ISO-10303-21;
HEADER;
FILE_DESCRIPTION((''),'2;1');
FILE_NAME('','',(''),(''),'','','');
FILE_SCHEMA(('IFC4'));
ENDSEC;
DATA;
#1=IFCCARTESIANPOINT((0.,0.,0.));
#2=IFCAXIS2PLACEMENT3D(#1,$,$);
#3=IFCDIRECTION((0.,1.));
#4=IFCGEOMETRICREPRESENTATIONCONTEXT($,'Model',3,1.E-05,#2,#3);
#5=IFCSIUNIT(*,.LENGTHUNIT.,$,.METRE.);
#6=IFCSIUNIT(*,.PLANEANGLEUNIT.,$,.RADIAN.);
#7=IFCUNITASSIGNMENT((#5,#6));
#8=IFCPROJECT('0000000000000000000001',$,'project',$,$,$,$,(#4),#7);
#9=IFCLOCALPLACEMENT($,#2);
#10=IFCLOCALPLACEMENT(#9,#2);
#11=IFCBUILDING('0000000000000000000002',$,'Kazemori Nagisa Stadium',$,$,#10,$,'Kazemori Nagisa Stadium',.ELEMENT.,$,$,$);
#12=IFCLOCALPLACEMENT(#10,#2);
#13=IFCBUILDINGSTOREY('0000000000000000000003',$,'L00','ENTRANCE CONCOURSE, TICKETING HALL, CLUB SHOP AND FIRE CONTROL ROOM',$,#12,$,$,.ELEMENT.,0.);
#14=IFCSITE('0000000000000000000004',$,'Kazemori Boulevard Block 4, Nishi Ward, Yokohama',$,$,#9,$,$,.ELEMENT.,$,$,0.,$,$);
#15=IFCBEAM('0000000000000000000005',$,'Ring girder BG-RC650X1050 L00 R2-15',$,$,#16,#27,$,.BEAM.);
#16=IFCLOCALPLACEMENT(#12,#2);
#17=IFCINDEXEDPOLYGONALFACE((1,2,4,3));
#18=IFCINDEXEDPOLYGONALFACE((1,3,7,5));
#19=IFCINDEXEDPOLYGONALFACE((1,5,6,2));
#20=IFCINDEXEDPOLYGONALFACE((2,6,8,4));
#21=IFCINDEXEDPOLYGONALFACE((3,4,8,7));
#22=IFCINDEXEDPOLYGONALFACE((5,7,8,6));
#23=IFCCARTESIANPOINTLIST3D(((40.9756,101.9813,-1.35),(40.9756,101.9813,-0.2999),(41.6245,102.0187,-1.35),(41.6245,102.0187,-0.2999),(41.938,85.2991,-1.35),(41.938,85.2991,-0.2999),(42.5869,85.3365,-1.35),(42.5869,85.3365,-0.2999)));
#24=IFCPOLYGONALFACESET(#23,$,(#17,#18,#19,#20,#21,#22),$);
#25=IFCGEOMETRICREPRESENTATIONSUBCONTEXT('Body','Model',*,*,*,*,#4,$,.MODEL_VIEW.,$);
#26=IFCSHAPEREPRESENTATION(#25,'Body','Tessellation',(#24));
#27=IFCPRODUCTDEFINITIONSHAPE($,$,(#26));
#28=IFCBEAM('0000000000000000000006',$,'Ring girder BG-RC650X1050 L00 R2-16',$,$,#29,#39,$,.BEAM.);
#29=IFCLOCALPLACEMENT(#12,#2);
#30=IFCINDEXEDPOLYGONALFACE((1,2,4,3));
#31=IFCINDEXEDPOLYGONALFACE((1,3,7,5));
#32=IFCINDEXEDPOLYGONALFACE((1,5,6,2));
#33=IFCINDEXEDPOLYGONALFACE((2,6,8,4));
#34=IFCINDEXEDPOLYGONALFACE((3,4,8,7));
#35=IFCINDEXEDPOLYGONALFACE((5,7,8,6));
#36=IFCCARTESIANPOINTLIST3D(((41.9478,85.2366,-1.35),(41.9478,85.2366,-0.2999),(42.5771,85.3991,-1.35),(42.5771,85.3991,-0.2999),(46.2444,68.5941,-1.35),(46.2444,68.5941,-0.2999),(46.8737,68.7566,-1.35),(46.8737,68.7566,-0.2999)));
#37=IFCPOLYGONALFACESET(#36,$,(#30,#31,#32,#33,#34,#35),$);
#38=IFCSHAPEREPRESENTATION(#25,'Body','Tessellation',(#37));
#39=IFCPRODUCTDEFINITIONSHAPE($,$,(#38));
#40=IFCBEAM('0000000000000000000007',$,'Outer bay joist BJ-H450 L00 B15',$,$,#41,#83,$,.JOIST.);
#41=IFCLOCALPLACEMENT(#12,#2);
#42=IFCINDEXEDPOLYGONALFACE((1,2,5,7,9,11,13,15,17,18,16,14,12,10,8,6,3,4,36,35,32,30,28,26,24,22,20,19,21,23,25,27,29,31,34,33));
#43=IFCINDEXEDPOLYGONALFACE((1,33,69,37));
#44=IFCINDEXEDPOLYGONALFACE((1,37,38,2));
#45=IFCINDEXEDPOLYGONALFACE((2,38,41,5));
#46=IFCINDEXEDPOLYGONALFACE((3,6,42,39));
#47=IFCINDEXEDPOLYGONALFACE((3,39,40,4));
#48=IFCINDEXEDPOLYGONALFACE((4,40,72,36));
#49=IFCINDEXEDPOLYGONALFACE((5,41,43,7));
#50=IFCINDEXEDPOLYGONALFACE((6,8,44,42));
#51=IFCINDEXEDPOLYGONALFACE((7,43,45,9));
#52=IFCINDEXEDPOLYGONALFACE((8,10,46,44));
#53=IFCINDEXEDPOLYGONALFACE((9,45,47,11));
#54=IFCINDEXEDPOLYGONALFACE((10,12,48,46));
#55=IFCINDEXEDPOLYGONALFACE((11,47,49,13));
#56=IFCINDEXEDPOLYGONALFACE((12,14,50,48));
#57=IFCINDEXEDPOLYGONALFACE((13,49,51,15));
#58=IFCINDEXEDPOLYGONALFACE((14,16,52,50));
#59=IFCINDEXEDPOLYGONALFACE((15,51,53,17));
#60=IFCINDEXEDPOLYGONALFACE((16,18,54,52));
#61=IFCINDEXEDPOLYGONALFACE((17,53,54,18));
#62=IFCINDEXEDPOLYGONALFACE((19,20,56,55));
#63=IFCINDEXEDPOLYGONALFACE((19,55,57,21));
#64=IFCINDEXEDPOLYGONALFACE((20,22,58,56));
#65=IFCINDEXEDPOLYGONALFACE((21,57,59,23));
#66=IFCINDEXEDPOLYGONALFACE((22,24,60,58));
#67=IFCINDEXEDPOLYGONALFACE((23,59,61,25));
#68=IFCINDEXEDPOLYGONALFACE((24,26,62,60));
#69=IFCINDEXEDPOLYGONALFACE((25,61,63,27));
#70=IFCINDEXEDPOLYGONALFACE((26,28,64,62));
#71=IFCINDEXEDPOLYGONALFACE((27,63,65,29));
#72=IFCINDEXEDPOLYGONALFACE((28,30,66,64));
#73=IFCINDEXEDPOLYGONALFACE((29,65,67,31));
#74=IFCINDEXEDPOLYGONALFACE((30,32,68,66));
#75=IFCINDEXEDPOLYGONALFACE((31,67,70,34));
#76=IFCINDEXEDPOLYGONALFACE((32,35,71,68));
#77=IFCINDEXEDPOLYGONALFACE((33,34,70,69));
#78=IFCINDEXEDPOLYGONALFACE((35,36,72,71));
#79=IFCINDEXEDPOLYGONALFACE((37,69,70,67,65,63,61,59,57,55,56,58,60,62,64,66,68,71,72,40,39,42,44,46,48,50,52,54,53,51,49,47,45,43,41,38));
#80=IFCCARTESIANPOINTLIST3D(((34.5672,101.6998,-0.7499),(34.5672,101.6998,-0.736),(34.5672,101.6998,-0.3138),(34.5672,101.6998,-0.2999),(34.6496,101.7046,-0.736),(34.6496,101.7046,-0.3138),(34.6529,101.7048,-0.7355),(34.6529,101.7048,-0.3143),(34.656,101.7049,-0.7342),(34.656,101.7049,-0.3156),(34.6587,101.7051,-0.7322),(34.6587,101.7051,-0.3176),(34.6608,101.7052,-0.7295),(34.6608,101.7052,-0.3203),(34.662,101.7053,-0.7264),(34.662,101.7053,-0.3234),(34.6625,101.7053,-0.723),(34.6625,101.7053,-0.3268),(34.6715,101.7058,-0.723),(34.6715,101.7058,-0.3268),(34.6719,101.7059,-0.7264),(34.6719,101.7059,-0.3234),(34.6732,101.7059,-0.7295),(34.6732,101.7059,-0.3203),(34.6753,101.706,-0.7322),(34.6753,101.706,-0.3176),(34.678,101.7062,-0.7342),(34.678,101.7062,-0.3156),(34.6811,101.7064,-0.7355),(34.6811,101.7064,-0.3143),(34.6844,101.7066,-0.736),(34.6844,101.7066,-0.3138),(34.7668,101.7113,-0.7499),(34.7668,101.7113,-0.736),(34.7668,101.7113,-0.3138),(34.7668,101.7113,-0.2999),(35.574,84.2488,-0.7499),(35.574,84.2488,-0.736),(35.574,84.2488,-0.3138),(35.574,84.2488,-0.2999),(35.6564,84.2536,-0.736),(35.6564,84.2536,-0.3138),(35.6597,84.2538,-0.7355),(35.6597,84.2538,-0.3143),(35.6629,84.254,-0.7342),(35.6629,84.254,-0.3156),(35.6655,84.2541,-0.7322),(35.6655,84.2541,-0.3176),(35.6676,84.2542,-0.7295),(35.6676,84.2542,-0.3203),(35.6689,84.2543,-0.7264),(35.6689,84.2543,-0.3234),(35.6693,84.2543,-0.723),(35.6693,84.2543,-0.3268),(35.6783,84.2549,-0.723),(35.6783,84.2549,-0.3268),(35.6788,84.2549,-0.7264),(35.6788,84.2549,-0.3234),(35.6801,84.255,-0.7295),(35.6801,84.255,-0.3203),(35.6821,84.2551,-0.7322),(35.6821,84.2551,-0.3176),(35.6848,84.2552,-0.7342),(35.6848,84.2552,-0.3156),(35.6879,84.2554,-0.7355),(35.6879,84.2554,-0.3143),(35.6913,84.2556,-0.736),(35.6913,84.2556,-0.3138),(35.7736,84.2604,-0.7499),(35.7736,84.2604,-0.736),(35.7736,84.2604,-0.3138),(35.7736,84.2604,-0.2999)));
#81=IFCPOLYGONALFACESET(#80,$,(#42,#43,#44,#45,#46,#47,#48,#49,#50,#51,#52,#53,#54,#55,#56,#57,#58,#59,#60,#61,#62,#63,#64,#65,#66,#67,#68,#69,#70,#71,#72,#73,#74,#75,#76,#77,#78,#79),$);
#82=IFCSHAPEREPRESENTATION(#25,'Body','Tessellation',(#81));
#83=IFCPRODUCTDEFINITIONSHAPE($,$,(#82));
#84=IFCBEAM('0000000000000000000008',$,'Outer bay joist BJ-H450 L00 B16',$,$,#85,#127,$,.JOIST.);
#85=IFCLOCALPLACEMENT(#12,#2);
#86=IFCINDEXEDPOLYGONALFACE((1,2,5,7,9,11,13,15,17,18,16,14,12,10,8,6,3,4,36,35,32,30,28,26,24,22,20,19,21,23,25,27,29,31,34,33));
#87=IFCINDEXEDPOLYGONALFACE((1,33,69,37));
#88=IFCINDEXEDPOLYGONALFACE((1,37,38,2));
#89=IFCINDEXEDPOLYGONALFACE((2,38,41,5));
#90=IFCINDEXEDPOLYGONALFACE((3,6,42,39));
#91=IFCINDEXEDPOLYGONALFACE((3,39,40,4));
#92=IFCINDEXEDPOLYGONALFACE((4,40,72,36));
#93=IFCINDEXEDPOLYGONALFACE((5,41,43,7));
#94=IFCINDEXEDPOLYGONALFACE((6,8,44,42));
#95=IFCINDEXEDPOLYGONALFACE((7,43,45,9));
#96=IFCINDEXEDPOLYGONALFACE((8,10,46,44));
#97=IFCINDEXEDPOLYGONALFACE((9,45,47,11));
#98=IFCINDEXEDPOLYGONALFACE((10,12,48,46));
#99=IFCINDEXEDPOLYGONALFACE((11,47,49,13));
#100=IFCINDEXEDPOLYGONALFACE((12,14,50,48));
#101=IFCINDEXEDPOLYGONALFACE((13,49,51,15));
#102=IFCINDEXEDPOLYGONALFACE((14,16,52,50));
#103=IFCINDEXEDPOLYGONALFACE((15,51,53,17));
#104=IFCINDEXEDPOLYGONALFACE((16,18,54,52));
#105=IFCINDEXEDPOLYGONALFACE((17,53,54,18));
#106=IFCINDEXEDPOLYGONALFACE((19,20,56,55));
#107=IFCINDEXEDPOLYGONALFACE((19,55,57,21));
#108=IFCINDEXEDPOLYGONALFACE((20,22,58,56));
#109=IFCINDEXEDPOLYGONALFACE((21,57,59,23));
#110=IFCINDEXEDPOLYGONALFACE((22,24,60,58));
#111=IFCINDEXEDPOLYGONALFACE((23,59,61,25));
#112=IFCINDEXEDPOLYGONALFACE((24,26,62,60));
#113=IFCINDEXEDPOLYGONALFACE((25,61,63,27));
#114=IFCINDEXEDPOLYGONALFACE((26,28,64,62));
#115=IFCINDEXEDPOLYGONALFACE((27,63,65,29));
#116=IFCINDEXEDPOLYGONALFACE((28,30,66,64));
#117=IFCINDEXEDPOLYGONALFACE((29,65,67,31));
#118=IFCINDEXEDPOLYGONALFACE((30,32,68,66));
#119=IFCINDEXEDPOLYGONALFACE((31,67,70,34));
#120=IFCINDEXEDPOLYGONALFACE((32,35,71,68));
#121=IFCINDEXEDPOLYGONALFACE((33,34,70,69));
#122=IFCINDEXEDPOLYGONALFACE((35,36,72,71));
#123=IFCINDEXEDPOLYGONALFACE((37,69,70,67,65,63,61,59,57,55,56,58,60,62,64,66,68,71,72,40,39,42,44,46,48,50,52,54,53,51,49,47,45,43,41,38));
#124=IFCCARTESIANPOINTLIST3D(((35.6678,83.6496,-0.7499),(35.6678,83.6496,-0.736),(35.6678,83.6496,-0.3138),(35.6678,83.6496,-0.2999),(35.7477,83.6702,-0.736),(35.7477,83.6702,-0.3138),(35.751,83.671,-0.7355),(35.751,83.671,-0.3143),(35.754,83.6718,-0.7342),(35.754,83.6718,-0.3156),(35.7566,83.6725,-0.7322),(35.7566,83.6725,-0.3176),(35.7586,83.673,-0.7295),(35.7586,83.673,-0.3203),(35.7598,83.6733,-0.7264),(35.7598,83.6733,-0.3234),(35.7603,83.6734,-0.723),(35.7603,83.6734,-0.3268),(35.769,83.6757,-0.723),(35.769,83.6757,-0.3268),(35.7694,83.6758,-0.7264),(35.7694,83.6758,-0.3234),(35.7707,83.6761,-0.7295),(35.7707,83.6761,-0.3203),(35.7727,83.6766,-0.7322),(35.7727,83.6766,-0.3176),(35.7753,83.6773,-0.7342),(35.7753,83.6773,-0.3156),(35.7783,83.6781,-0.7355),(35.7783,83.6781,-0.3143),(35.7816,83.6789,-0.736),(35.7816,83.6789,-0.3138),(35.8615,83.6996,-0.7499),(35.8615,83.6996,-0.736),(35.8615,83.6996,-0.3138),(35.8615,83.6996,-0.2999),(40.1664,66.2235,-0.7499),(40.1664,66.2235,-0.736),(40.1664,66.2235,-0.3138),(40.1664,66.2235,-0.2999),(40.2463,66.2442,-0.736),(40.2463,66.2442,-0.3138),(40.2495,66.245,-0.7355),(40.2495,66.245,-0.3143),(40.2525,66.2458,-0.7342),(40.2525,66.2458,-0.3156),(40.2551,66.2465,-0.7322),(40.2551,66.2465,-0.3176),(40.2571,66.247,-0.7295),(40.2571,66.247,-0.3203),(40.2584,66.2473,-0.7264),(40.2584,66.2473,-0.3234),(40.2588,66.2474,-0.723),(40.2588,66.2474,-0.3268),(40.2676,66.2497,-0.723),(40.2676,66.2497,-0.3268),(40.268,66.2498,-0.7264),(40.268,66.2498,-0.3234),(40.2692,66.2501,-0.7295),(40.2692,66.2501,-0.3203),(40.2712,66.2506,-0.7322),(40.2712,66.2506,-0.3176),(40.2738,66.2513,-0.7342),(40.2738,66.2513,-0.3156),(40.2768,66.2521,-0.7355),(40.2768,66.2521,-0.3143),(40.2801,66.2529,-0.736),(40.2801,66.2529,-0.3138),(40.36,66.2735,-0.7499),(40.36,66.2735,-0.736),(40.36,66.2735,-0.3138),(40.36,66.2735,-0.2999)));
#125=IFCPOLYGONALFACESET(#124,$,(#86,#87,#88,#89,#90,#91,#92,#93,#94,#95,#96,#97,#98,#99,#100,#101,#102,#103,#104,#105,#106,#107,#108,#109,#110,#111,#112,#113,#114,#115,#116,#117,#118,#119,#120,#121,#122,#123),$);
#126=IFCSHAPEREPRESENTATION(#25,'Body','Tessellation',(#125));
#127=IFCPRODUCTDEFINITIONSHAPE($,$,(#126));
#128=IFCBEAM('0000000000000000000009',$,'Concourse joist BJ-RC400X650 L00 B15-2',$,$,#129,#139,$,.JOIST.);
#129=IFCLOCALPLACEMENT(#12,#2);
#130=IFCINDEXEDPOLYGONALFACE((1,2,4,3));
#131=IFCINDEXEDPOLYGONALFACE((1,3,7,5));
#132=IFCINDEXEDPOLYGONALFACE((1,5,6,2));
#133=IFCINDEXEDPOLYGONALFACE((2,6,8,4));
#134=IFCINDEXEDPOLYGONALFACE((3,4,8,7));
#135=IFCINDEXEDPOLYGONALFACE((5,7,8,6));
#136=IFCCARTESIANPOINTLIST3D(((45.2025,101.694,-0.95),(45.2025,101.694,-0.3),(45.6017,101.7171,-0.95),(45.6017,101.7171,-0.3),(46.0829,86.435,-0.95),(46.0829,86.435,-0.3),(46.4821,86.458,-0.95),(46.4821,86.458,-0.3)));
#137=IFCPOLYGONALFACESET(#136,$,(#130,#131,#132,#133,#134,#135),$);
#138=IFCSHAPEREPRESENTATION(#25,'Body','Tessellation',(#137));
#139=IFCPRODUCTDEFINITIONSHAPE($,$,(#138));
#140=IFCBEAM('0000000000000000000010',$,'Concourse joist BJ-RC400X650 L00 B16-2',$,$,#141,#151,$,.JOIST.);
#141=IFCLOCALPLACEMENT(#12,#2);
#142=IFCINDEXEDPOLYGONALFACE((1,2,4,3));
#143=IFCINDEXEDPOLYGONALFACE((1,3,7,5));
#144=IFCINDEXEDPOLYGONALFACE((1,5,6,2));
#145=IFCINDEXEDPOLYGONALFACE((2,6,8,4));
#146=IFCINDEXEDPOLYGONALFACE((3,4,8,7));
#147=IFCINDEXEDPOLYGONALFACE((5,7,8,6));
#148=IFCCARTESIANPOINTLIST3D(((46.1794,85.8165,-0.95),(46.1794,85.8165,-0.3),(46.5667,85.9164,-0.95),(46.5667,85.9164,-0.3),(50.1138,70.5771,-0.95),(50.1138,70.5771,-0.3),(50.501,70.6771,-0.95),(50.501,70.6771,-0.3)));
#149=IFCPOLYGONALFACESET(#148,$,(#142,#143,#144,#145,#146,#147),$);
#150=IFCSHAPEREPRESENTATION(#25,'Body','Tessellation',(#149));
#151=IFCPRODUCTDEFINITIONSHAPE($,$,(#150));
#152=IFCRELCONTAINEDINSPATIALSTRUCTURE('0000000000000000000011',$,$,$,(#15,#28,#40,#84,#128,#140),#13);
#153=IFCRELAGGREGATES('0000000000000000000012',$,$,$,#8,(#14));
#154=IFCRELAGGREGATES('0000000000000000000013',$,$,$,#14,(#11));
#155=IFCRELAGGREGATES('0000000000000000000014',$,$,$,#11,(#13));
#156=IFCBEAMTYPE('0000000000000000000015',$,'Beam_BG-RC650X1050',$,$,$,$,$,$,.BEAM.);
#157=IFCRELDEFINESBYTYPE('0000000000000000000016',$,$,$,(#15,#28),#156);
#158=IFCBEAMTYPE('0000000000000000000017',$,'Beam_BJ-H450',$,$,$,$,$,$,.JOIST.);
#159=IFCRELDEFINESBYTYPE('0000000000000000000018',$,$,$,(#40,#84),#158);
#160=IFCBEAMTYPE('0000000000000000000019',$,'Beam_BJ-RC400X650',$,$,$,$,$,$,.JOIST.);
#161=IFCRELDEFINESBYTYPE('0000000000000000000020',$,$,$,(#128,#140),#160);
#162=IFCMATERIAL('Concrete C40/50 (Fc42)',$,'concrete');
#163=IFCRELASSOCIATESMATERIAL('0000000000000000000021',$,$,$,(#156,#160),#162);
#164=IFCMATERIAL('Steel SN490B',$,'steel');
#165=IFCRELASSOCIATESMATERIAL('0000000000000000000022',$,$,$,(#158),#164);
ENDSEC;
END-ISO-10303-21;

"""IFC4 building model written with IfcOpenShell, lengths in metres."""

from ifc_helpers import new_model, si_unit, direction, frame, origin, origin_2d, place, context, subcontext, project, spatial, rectangle, i_section, extrude, material, material_profile, profile_set, type_object, element, save


model = new_model("IFC4")

# Units and contexts
model_context = context("Model", 3, precision=1e-05, world=origin(), true_north=direction((0.0, 1.0)))
body_context = subcontext(model_context, "Body", "Model", "MODEL_VIEW")
ifc_project = project(units=[si_unit("LENGTHUNIT", "METRE"), si_unit("PLANEANGLEUNIT", "RADIAN")], contexts=[model_context])

# Site, building, storey
site_placement = place(None, origin())
site = spatial("IfcSite", under=ifc_project, at=site_placement, Name="Kazemori Boulevard Block 4, Nishi Ward, Yokohama", CompositionType="ELEMENT", RefElevation=0.0)
building_placement = place(site_placement, origin())
building = spatial("IfcBuilding", under=site, at=building_placement, Name="Kazemori Nagisa Stadium", LongName="Kazemori Nagisa Stadium", CompositionType="ELEMENT")
storey_placement = place(building_placement, origin())
storey = spatial("IfcBuildingStorey", under=building, at=storey_placement, Name="L00", Description="ENTRANCE CONCOURSE, TICKETING HALL, CLUB SHOP AND FIRE CONTROL ROOM", CompositionType="ELEMENT", Elevation=0.0)

# Shared definitions
ifc_material_1 = material(Name="Concrete C40/50 (Fc42)", Category="concrete")

# Beams
ifc_material_2 = material(Name="Steel SN490B", Category="steel")
ifc_material_profile_1 = material_profile(ifc_material_1, rectangle(XDim=0.6499, YDim=1.05, at=origin_2d()), Name="RC-BM-650x1050")
ifc_profile_set_1 = profile_set([ifc_material_profile_1], Name="Concrete C40/50 (Fc42)")
beam_type_1 = type_object("IfcBeamType", Name="Beam_BG-RC650X1050", PredefinedType="BEAM", material=ifc_profile_set_1)
beam_1_placement = place(storey_placement, frame((41.3, 102.0, -0.825), z_axis=(0.057595, -0.99834, 0.0), x_axis=(0.99834, 0.057595, 0.0)))
element("IfcBeam", 1, at=beam_1_placement, inside=storey, type_object=beam_type_1, Name="Ring girder BG-RC650X1050 L00 R2-15", PredefinedType="BEAM", context=body_context, shape_type="SweptSolid", body=[
    extrude(rectangle(XDim=0.6499, YDim=1.05, at=origin_2d()), origin(), (0.0, 0.0, 1.0), 16.71),
])
beam_2_placement = place(storey_placement, frame((42.2625, 85.3179, -0.825), z_axis=(0.249975, -0.968252, 0.0), x_axis=(0.968252, 0.249975, 0.0)))
element("IfcBeam", 2, at=beam_2_placement, inside=storey, type_object=beam_type_1, Name="Ring girder BG-RC650X1050 L00 R2-16", PredefinedType="BEAM", context=body_context, shape_type="SweptSolid", body=[
    extrude(rectangle(XDim=0.6499, YDim=1.05, at=origin_2d()), origin(), (0.0, 0.0, 1.0), 17.1882),
])
ifc_material_profile_2 = material_profile(ifc_material_2, i_section(OverallWidth=0.2, OverallDepth=0.45, WebThickness=0.009, FlangeThickness=0.0139, FilletRadius=0.0129, at=origin_2d()), Name="H-450x200x9x14")
ifc_profile_set_2 = profile_set([ifc_material_profile_2], Name="Steel SN490B")
beam_type_2 = type_object("IfcBeamType", Name="Beam_BJ-H450", PredefinedType="JOIST", material=ifc_profile_set_2)
beam_3_placement = place(storey_placement, frame((34.667, 101.7056, -0.5249), z_axis=(0.057599, -0.99834, 0.0), x_axis=(0.99834, 0.057599, 0.0)))
element("IfcBeam", 3, at=beam_3_placement, inside=storey, type_object=beam_type_2, Name="Outer bay joist BJ-H450 L00 B15", PredefinedType="JOIST", context=body_context, shape_type="SweptSolid", body=[
    extrude(i_section(OverallWidth=0.2, OverallDepth=0.45, WebThickness=0.009, FlangeThickness=0.0139, FilletRadius=0.0129, at=origin_2d()), origin(), (0.0, 0.0, 1.0), 17.48),
])
beam_4_placement = place(storey_placement, frame((35.7646, 83.6746, -0.5249), z_axis=(0.249956, -0.968257, 0.0), x_axis=(0.968257, 0.249956, 0.0)))
element("IfcBeam", 4, at=beam_4_placement, inside=storey, type_object=beam_type_2, Name="Outer bay joist BJ-H450 L00 B16", PredefinedType="JOIST", context=body_context, shape_type="SweptSolid", body=[
    extrude(i_section(OverallWidth=0.2, OverallDepth=0.45, WebThickness=0.009, FlangeThickness=0.0139, FilletRadius=0.0129, at=origin_2d()), origin(), (0.0, 0.0, 1.0), 17.9973),
])
ifc_material_profile_3 = material_profile(ifc_material_1, rectangle(XDim=0.3999, YDim=0.6499, at=origin_2d()), Name="RC-BM-400x650")
ifc_profile_set_3 = profile_set([ifc_material_profile_3], Name="Concrete C40/50 (Fc42)")
beam_type_3 = type_object("IfcBeamType", Name="Beam_BJ-RC400X650", PredefinedType="JOIST", material=ifc_profile_set_3)
beam_5_placement = place(storey_placement, frame((45.4021, 101.7056, -0.625), z_axis=(0.057599, -0.99834, 0.0), x_axis=(0.99834, 0.057599, 0.0)))
element("IfcBeam", 5, at=beam_5_placement, inside=storey, type_object=beam_type_3, Name="Concourse joist BJ-RC400X650 L00 B15-2", PredefinedType="JOIST", context=body_context, shape_type="SweptSolid", body=[
    extrude(rectangle(XDim=0.3999, YDim=0.6499, at=origin_2d()), origin(), (0.0, 0.0, 1.0), 15.2844),
])
beam_6_placement = place(storey_placement, frame((46.373, 85.8665, -0.625), z_axis=(0.249974, -0.968252, 0.0), x_axis=(0.968252, 0.249974, 0.0)))
element("IfcBeam", 6, at=beam_6_placement, inside=storey, type_object=beam_type_3, Name="Concourse joist BJ-RC400X650 L00 B16-2", PredefinedType="JOIST", context=body_context, shape_type="SweptSolid", body=[
    extrude(rectangle(XDim=0.3999, YDim=0.6499, at=origin_2d()), origin(), (0.0, 0.0, 1.0), 15.739),
])

save(model, "model.ifc")
